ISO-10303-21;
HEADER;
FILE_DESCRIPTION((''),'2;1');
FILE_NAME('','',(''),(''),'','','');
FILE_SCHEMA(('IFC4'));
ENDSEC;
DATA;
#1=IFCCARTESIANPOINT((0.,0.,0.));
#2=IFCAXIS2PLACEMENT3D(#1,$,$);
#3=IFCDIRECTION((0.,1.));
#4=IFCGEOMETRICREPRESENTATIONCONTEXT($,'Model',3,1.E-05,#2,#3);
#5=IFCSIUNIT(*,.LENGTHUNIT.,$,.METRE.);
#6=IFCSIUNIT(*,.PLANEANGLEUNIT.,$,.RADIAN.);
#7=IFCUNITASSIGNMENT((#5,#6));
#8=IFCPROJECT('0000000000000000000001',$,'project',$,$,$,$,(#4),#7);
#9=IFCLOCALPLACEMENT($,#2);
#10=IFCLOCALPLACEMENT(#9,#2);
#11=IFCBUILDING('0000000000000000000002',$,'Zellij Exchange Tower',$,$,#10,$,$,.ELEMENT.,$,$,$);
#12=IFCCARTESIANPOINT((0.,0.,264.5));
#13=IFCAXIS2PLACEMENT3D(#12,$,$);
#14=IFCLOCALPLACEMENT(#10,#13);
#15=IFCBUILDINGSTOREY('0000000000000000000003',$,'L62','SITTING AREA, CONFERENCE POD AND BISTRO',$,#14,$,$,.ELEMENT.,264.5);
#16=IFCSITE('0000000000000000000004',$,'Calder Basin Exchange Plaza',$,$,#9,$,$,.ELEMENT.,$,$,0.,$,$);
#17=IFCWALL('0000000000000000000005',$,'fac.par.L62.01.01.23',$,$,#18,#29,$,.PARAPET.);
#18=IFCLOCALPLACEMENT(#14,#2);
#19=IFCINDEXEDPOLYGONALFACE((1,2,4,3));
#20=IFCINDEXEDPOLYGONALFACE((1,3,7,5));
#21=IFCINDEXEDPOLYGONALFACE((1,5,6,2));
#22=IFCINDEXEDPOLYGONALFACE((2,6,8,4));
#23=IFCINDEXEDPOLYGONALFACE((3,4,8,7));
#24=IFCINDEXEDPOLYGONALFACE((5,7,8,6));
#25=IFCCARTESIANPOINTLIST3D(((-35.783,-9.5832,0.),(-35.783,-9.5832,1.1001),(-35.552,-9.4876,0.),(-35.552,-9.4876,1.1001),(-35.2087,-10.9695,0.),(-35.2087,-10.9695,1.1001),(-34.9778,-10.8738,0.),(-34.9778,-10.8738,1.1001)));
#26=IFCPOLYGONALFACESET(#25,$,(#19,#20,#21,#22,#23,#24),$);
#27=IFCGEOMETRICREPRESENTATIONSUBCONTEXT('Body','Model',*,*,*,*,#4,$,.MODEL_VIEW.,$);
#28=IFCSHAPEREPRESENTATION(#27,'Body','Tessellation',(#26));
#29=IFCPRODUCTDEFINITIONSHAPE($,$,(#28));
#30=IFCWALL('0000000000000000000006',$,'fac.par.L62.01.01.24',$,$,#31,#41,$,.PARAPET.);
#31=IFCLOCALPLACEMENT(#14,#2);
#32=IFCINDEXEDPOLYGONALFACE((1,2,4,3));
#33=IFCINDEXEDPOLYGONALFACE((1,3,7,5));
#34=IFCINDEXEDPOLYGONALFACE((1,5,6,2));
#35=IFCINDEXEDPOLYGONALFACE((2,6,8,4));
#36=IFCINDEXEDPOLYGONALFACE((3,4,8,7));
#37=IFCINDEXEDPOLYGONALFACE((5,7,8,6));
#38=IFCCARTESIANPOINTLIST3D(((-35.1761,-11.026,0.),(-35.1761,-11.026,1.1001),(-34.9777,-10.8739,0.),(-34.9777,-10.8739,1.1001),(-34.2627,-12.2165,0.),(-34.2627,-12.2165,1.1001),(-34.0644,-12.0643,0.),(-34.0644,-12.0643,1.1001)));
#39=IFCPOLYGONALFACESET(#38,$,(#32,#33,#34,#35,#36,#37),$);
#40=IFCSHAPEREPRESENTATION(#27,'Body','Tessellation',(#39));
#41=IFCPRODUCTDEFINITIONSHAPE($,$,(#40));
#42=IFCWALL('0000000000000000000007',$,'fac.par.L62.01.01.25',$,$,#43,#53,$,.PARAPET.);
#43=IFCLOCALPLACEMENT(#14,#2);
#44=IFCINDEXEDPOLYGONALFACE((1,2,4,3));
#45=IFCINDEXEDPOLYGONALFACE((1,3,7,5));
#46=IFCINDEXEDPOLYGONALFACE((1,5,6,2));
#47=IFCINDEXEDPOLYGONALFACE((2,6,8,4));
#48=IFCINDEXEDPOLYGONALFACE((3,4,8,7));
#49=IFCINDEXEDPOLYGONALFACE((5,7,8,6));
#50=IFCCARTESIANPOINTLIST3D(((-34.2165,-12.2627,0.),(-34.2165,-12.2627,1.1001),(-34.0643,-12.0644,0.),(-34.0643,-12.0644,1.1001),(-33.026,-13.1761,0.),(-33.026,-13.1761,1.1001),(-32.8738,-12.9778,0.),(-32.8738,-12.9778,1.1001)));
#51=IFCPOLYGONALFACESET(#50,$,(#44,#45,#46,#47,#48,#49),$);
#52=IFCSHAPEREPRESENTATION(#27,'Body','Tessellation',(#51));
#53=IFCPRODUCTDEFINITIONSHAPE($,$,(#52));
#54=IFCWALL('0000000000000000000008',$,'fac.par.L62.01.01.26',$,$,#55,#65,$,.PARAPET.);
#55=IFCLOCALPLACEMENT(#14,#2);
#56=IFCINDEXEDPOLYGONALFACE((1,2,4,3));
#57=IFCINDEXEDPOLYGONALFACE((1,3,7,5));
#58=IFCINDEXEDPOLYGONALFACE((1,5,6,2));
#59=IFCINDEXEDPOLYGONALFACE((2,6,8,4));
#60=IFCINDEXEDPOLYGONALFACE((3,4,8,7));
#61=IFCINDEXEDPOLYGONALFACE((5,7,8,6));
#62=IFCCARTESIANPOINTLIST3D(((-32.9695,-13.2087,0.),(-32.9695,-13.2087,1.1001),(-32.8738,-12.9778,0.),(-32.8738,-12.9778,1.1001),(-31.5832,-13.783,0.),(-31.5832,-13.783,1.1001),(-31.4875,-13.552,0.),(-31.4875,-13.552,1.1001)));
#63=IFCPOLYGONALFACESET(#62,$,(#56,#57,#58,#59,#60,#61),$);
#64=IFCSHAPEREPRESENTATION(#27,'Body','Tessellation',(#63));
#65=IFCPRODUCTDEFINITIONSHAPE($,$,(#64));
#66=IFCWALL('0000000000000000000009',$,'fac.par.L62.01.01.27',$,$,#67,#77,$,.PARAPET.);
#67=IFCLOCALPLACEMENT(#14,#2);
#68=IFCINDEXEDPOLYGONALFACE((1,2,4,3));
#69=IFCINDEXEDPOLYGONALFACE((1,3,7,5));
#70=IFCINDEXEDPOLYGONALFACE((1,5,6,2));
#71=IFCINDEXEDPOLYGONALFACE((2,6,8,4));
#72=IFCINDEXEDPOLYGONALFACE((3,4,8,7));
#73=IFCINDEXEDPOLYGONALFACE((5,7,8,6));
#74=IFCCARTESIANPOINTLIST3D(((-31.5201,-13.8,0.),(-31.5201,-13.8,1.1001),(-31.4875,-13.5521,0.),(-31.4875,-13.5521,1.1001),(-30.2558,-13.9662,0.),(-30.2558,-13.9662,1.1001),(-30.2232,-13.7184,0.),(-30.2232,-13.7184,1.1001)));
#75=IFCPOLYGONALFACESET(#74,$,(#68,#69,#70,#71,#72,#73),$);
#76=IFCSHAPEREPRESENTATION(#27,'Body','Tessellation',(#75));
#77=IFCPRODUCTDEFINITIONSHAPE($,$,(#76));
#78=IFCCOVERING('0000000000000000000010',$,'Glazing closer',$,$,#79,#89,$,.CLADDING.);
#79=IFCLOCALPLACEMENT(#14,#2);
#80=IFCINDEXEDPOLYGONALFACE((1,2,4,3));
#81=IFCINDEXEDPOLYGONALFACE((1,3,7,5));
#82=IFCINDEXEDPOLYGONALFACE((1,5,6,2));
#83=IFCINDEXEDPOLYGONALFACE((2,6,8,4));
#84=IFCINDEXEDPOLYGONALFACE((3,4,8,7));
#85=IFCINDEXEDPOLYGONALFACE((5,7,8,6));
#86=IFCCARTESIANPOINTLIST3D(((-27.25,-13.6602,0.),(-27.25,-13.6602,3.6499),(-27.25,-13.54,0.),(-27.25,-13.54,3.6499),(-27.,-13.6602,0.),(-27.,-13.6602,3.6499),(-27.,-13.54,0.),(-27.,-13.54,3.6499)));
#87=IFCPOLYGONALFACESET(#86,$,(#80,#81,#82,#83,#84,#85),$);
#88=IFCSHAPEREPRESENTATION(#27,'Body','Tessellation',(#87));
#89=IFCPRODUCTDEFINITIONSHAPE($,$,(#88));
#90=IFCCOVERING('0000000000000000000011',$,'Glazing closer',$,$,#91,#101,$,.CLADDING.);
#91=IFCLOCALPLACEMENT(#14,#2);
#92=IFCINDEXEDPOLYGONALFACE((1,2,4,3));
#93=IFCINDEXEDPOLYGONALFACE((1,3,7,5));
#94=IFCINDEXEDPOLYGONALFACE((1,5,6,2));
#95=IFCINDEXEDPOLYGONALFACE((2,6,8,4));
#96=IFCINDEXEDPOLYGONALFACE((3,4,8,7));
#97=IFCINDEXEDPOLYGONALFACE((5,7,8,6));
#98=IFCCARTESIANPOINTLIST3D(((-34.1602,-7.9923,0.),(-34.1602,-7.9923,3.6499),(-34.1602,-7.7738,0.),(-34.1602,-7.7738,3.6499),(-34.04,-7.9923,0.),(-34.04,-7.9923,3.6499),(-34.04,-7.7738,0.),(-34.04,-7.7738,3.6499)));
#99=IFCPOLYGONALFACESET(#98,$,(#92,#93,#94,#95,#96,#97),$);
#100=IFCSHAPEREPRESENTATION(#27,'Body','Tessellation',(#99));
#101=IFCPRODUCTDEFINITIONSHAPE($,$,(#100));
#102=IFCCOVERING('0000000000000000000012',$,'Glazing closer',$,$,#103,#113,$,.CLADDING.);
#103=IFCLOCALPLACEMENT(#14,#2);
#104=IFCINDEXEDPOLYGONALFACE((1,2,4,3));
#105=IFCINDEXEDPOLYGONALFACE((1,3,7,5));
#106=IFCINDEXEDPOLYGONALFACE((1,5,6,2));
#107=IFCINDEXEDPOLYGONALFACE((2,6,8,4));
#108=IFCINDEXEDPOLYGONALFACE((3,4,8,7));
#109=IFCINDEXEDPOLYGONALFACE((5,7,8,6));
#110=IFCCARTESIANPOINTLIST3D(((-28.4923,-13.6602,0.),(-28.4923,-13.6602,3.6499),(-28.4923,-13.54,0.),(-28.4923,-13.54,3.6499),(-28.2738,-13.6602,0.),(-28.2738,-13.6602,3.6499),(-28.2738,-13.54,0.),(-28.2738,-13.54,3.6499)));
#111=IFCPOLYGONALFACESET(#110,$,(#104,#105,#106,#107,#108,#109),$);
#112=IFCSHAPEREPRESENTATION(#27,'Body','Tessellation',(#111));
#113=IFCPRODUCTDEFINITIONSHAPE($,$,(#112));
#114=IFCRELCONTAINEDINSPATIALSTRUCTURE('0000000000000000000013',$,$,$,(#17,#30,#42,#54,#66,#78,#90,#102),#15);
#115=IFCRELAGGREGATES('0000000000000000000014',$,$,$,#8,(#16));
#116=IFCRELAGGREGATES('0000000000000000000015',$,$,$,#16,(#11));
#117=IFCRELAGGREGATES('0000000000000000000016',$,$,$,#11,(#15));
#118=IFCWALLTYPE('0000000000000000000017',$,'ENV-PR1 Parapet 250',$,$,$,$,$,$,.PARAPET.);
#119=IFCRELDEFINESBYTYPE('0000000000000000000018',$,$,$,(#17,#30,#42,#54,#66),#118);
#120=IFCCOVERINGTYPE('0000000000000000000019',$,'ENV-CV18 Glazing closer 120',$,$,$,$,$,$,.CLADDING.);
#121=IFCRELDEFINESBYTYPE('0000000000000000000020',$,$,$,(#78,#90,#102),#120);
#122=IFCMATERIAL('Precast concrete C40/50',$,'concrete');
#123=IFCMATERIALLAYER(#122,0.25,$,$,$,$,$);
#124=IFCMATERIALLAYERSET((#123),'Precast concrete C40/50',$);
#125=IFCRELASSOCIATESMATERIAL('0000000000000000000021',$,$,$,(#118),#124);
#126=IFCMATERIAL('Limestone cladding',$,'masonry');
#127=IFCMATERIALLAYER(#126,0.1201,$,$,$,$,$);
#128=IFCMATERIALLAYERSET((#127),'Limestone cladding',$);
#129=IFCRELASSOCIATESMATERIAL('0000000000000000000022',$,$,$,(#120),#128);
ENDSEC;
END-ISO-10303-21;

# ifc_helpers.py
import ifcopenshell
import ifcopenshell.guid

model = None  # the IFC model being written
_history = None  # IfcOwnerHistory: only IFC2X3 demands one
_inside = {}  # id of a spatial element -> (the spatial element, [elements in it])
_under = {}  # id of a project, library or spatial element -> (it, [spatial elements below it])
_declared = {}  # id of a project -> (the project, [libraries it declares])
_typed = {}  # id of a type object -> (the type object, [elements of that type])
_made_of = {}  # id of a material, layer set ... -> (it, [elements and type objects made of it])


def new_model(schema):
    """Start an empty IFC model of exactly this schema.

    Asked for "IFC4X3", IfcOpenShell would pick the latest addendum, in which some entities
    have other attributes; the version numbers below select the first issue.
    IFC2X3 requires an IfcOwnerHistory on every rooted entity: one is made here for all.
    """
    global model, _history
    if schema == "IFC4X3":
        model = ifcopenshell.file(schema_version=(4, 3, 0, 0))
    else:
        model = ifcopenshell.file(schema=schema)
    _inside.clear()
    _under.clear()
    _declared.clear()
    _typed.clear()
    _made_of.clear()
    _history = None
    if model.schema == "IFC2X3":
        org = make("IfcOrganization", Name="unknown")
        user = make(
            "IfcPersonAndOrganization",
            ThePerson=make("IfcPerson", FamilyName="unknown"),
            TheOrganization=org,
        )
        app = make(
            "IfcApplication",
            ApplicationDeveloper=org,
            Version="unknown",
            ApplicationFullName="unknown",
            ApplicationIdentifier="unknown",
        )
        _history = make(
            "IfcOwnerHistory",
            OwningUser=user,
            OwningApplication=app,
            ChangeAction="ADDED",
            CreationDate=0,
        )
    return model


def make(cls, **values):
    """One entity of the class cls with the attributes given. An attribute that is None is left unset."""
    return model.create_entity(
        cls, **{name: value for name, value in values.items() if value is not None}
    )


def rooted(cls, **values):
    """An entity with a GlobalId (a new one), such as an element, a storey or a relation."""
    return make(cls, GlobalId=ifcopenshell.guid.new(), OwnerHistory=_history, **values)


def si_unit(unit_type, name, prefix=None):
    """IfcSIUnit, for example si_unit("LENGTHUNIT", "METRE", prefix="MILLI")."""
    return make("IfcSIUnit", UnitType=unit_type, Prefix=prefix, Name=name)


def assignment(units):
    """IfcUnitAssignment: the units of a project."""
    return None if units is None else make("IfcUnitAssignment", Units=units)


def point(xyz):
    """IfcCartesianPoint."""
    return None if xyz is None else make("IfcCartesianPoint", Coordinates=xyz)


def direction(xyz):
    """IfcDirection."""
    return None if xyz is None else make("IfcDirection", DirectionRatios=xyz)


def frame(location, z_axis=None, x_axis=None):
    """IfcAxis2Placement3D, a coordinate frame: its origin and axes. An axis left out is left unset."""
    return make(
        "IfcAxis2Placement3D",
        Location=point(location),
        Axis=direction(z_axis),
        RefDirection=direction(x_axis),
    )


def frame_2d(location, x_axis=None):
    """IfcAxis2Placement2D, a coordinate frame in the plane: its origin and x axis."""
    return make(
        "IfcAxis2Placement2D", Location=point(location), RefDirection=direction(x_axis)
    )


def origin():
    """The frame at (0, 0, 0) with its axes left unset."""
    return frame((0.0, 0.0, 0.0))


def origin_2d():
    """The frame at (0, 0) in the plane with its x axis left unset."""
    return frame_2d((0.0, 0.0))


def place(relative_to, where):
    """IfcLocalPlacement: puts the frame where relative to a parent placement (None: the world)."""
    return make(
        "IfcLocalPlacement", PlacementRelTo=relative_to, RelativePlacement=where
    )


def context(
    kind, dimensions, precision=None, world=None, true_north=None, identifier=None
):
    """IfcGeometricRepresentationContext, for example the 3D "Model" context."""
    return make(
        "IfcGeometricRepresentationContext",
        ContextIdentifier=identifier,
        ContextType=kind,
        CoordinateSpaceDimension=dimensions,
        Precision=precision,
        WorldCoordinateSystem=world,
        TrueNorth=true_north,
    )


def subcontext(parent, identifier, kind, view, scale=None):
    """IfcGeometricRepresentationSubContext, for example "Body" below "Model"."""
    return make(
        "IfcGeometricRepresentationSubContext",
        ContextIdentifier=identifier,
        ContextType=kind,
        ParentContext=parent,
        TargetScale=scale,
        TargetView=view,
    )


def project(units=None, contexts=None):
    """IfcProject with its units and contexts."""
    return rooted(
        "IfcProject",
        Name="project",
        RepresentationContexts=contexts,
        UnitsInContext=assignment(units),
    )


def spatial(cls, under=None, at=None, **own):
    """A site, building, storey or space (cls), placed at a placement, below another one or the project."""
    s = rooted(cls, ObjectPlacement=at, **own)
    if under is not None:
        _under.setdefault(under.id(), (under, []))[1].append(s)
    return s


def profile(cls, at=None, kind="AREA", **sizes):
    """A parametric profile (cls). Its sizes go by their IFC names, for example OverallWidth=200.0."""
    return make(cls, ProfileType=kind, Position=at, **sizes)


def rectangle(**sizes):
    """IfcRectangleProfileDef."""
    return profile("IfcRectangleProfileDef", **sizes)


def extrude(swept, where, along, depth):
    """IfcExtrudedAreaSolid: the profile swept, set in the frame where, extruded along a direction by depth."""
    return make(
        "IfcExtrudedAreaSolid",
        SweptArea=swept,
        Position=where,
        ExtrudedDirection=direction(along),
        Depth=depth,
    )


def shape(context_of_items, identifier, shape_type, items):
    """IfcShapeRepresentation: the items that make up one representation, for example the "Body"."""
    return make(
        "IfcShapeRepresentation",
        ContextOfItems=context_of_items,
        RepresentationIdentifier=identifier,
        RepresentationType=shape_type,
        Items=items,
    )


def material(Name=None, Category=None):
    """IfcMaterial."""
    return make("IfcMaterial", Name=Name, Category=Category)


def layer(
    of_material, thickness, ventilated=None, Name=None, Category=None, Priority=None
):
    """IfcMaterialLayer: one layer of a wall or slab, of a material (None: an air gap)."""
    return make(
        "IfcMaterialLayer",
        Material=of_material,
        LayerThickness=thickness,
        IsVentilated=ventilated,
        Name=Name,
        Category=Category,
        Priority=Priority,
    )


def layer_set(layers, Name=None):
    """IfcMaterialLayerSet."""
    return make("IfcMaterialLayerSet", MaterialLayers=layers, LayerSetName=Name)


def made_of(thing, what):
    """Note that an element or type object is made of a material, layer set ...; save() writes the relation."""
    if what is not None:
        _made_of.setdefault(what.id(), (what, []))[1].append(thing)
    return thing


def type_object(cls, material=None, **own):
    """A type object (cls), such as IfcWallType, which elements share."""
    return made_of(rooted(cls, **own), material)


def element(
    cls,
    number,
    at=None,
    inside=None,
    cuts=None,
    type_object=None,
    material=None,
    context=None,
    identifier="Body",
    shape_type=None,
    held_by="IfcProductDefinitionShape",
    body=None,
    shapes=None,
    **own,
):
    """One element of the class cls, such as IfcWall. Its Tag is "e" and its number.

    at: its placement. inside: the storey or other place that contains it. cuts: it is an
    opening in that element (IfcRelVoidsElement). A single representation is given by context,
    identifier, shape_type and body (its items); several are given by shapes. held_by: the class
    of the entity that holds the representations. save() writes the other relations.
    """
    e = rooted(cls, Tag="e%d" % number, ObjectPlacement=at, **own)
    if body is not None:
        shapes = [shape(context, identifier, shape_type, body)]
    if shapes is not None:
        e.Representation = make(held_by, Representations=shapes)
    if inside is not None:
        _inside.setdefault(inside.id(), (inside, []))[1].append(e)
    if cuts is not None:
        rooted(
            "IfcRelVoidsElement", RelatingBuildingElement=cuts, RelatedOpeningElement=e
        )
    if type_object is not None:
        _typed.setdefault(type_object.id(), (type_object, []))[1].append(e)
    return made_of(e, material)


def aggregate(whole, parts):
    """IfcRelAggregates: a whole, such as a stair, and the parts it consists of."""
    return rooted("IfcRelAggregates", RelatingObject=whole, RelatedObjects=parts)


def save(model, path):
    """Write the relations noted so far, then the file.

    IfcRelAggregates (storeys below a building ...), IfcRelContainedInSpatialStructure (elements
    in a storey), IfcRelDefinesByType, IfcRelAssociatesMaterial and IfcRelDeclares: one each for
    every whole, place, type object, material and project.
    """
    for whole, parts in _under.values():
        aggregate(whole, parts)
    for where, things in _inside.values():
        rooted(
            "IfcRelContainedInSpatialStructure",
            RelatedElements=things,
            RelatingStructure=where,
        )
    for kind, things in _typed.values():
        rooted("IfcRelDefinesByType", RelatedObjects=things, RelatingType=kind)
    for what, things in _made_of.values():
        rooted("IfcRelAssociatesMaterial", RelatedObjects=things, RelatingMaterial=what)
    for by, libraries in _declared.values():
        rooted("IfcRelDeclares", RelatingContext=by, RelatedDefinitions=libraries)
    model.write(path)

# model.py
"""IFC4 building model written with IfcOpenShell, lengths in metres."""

from ifc_helpers import new_model, si_unit, direction, frame, frame_2d, origin, origin_2d, place, context, subcontext, project, spatial, rectangle, extrude, material, layer, layer_set, type_object, element, save


model = new_model("IFC4")

# Units and contexts
model_context = context("Model", 3, precision=1e-05, world=origin(), true_north=direction((0.0, 1.0)))
body_context = subcontext(model_context, "Body", "Model", "MODEL_VIEW")
ifc_project = project(units=[si_unit("LENGTHUNIT", "METRE"), si_unit("PLANEANGLEUNIT", "RADIAN")], contexts=[model_context])

# Site, building, storey
site_placement = place(None, origin())
site = spatial("IfcSite", under=ifc_project, at=site_placement, Name="Calder Basin Exchange Plaza", CompositionType="ELEMENT", RefElevation=0.0)
building_placement = place(site_placement, origin())
building = spatial("IfcBuilding", under=site, at=building_placement, Name="Zellij Exchange Tower", CompositionType="ELEMENT")
storey_placement = place(building_placement, frame((0.0, 0.0, 264.5)))
storey = spatial("IfcBuildingStorey", under=building, at=storey_placement, Name="L62", Description="SITTING AREA, CONFERENCE POD AND BISTRO", CompositionType="ELEMENT", Elevation=264.5)

# Walls
ifc_material_1 = material(Name="Precast concrete C40/50", Category="concrete")
ifc_layer_1 = layer(ifc_material_1, 0.25)
ifc_layer_set_1 = layer_set([ifc_layer_1], Name="Precast concrete C40/50")
wall_type_1 = type_object("IfcWallType", Name="ENV-PR1 Parapet 250", PredefinedType="PARAPET", material=ifc_layer_set_1)
for number, where, z_axis, x_axis, name in (
    (1, (-35.6675, -9.5354, 0.0), (0.0, 0.0, 1.0), (0.382697, -0.923874, 0.0), "fac.par.L62.01.01.23"),
    (2, (-35.0769, -10.95, 0.0), (0.0, 0.0, 1.0), (0.608712, -0.793392, 0.0), "fac.par.L62.01.01.24"),
    (3, (-34.1404, -12.1636, 0.0), (0.0, 0.0, 1.0), (0.793392, -0.608712, 0.0), "fac.par.L62.01.01.25"),
    (4, (-32.9216, -13.0933, 0.0), (0.0, 0.0, 1.0), (0.923874, -0.382697, 0.0), "fac.par.L62.01.01.26"),
):
    element("IfcWall", number, at=place(storey_placement, frame(where, z_axis=z_axis, x_axis=x_axis)), inside=storey, type_object=wall_type_1, Name=name, PredefinedType="PARAPET", context=body_context, shape_type="SweptSolid", body=[
        extrude(rectangle(XDim=1.5005, YDim=0.25, at=frame_2d((0.7502, 0.0))), origin(), (0.0, 0.0, 1.0), 1.1001),
    ])
wall_1_placement = place(storey_placement, frame((-31.5039, -13.676, 0.0), z_axis=(0.0, 0.0, 1.0), x_axis=(0.991462, -0.130395, 0.0)))
element("IfcWall", 5, at=wall_1_placement, inside=storey, type_object=wall_type_1, Name="fac.par.L62.01.01.27", PredefinedType="PARAPET", context=body_context, shape_type="SweptSolid", body=[
    extrude(rectangle(XDim=1.2751, YDim=0.25, at=frame_2d((0.6377, 0.0))), origin(), (0.0, 0.0, 1.0), 1.1001),
])

# Coverings
ifc_material_2 = material(Name="Limestone cladding", Category="masonry")
ifc_layer_2 = layer(ifc_material_2, 0.1201)
ifc_layer_set_2 = layer_set([ifc_layer_2], Name="Limestone cladding")
covering_type_1 = type_object("IfcCoveringType", Name="ENV-CV18 Glazing closer 120", PredefinedType="CLADDING", material=ifc_layer_set_2)
covering_1_placement = place(storey_placement, frame((-27.125, -13.6001, 0.0), z_axis=(0.0, 0.0, 1.0), x_axis=(1.0, 0.0, 0.0)))
element("IfcCovering", 6, at=covering_1_placement, inside=storey, type_object=covering_type_1, Name="Glazing closer", PredefinedType="CLADDING", context=body_context, shape_type="SweptSolid", body=[
    extrude(rectangle(XDim=0.25, YDim=0.1201, at=origin_2d()), origin(), (0.0, 0.0, 1.0), 3.6499),
])
for number, where, z_axis, x_axis, name in (
    (7, (-34.1001, -7.8831, 0.0), (0.0, 0.0, 1.0), (0.0, -1.0, 0.0), "Glazing closer"),
    (8, (-28.3831, -13.6001, 0.0), (0.0, 0.0, 1.0), (-1.0, 0.0, 0.0), "Glazing closer"),
):
    element("IfcCovering", number, at=place(storey_placement, frame(where, z_axis=z_axis, x_axis=x_axis)), inside=storey, type_object=covering_type_1, Name=name, PredefinedType="CLADDING", context=body_context, shape_type="SweptSolid", body=[
        extrude(rectangle(XDim=0.2185, YDim=0.1201, at=origin_2d()), origin(), (0.0, 0.0, 1.0), 3.6499),
    ])

save(model, "model.ifc")
